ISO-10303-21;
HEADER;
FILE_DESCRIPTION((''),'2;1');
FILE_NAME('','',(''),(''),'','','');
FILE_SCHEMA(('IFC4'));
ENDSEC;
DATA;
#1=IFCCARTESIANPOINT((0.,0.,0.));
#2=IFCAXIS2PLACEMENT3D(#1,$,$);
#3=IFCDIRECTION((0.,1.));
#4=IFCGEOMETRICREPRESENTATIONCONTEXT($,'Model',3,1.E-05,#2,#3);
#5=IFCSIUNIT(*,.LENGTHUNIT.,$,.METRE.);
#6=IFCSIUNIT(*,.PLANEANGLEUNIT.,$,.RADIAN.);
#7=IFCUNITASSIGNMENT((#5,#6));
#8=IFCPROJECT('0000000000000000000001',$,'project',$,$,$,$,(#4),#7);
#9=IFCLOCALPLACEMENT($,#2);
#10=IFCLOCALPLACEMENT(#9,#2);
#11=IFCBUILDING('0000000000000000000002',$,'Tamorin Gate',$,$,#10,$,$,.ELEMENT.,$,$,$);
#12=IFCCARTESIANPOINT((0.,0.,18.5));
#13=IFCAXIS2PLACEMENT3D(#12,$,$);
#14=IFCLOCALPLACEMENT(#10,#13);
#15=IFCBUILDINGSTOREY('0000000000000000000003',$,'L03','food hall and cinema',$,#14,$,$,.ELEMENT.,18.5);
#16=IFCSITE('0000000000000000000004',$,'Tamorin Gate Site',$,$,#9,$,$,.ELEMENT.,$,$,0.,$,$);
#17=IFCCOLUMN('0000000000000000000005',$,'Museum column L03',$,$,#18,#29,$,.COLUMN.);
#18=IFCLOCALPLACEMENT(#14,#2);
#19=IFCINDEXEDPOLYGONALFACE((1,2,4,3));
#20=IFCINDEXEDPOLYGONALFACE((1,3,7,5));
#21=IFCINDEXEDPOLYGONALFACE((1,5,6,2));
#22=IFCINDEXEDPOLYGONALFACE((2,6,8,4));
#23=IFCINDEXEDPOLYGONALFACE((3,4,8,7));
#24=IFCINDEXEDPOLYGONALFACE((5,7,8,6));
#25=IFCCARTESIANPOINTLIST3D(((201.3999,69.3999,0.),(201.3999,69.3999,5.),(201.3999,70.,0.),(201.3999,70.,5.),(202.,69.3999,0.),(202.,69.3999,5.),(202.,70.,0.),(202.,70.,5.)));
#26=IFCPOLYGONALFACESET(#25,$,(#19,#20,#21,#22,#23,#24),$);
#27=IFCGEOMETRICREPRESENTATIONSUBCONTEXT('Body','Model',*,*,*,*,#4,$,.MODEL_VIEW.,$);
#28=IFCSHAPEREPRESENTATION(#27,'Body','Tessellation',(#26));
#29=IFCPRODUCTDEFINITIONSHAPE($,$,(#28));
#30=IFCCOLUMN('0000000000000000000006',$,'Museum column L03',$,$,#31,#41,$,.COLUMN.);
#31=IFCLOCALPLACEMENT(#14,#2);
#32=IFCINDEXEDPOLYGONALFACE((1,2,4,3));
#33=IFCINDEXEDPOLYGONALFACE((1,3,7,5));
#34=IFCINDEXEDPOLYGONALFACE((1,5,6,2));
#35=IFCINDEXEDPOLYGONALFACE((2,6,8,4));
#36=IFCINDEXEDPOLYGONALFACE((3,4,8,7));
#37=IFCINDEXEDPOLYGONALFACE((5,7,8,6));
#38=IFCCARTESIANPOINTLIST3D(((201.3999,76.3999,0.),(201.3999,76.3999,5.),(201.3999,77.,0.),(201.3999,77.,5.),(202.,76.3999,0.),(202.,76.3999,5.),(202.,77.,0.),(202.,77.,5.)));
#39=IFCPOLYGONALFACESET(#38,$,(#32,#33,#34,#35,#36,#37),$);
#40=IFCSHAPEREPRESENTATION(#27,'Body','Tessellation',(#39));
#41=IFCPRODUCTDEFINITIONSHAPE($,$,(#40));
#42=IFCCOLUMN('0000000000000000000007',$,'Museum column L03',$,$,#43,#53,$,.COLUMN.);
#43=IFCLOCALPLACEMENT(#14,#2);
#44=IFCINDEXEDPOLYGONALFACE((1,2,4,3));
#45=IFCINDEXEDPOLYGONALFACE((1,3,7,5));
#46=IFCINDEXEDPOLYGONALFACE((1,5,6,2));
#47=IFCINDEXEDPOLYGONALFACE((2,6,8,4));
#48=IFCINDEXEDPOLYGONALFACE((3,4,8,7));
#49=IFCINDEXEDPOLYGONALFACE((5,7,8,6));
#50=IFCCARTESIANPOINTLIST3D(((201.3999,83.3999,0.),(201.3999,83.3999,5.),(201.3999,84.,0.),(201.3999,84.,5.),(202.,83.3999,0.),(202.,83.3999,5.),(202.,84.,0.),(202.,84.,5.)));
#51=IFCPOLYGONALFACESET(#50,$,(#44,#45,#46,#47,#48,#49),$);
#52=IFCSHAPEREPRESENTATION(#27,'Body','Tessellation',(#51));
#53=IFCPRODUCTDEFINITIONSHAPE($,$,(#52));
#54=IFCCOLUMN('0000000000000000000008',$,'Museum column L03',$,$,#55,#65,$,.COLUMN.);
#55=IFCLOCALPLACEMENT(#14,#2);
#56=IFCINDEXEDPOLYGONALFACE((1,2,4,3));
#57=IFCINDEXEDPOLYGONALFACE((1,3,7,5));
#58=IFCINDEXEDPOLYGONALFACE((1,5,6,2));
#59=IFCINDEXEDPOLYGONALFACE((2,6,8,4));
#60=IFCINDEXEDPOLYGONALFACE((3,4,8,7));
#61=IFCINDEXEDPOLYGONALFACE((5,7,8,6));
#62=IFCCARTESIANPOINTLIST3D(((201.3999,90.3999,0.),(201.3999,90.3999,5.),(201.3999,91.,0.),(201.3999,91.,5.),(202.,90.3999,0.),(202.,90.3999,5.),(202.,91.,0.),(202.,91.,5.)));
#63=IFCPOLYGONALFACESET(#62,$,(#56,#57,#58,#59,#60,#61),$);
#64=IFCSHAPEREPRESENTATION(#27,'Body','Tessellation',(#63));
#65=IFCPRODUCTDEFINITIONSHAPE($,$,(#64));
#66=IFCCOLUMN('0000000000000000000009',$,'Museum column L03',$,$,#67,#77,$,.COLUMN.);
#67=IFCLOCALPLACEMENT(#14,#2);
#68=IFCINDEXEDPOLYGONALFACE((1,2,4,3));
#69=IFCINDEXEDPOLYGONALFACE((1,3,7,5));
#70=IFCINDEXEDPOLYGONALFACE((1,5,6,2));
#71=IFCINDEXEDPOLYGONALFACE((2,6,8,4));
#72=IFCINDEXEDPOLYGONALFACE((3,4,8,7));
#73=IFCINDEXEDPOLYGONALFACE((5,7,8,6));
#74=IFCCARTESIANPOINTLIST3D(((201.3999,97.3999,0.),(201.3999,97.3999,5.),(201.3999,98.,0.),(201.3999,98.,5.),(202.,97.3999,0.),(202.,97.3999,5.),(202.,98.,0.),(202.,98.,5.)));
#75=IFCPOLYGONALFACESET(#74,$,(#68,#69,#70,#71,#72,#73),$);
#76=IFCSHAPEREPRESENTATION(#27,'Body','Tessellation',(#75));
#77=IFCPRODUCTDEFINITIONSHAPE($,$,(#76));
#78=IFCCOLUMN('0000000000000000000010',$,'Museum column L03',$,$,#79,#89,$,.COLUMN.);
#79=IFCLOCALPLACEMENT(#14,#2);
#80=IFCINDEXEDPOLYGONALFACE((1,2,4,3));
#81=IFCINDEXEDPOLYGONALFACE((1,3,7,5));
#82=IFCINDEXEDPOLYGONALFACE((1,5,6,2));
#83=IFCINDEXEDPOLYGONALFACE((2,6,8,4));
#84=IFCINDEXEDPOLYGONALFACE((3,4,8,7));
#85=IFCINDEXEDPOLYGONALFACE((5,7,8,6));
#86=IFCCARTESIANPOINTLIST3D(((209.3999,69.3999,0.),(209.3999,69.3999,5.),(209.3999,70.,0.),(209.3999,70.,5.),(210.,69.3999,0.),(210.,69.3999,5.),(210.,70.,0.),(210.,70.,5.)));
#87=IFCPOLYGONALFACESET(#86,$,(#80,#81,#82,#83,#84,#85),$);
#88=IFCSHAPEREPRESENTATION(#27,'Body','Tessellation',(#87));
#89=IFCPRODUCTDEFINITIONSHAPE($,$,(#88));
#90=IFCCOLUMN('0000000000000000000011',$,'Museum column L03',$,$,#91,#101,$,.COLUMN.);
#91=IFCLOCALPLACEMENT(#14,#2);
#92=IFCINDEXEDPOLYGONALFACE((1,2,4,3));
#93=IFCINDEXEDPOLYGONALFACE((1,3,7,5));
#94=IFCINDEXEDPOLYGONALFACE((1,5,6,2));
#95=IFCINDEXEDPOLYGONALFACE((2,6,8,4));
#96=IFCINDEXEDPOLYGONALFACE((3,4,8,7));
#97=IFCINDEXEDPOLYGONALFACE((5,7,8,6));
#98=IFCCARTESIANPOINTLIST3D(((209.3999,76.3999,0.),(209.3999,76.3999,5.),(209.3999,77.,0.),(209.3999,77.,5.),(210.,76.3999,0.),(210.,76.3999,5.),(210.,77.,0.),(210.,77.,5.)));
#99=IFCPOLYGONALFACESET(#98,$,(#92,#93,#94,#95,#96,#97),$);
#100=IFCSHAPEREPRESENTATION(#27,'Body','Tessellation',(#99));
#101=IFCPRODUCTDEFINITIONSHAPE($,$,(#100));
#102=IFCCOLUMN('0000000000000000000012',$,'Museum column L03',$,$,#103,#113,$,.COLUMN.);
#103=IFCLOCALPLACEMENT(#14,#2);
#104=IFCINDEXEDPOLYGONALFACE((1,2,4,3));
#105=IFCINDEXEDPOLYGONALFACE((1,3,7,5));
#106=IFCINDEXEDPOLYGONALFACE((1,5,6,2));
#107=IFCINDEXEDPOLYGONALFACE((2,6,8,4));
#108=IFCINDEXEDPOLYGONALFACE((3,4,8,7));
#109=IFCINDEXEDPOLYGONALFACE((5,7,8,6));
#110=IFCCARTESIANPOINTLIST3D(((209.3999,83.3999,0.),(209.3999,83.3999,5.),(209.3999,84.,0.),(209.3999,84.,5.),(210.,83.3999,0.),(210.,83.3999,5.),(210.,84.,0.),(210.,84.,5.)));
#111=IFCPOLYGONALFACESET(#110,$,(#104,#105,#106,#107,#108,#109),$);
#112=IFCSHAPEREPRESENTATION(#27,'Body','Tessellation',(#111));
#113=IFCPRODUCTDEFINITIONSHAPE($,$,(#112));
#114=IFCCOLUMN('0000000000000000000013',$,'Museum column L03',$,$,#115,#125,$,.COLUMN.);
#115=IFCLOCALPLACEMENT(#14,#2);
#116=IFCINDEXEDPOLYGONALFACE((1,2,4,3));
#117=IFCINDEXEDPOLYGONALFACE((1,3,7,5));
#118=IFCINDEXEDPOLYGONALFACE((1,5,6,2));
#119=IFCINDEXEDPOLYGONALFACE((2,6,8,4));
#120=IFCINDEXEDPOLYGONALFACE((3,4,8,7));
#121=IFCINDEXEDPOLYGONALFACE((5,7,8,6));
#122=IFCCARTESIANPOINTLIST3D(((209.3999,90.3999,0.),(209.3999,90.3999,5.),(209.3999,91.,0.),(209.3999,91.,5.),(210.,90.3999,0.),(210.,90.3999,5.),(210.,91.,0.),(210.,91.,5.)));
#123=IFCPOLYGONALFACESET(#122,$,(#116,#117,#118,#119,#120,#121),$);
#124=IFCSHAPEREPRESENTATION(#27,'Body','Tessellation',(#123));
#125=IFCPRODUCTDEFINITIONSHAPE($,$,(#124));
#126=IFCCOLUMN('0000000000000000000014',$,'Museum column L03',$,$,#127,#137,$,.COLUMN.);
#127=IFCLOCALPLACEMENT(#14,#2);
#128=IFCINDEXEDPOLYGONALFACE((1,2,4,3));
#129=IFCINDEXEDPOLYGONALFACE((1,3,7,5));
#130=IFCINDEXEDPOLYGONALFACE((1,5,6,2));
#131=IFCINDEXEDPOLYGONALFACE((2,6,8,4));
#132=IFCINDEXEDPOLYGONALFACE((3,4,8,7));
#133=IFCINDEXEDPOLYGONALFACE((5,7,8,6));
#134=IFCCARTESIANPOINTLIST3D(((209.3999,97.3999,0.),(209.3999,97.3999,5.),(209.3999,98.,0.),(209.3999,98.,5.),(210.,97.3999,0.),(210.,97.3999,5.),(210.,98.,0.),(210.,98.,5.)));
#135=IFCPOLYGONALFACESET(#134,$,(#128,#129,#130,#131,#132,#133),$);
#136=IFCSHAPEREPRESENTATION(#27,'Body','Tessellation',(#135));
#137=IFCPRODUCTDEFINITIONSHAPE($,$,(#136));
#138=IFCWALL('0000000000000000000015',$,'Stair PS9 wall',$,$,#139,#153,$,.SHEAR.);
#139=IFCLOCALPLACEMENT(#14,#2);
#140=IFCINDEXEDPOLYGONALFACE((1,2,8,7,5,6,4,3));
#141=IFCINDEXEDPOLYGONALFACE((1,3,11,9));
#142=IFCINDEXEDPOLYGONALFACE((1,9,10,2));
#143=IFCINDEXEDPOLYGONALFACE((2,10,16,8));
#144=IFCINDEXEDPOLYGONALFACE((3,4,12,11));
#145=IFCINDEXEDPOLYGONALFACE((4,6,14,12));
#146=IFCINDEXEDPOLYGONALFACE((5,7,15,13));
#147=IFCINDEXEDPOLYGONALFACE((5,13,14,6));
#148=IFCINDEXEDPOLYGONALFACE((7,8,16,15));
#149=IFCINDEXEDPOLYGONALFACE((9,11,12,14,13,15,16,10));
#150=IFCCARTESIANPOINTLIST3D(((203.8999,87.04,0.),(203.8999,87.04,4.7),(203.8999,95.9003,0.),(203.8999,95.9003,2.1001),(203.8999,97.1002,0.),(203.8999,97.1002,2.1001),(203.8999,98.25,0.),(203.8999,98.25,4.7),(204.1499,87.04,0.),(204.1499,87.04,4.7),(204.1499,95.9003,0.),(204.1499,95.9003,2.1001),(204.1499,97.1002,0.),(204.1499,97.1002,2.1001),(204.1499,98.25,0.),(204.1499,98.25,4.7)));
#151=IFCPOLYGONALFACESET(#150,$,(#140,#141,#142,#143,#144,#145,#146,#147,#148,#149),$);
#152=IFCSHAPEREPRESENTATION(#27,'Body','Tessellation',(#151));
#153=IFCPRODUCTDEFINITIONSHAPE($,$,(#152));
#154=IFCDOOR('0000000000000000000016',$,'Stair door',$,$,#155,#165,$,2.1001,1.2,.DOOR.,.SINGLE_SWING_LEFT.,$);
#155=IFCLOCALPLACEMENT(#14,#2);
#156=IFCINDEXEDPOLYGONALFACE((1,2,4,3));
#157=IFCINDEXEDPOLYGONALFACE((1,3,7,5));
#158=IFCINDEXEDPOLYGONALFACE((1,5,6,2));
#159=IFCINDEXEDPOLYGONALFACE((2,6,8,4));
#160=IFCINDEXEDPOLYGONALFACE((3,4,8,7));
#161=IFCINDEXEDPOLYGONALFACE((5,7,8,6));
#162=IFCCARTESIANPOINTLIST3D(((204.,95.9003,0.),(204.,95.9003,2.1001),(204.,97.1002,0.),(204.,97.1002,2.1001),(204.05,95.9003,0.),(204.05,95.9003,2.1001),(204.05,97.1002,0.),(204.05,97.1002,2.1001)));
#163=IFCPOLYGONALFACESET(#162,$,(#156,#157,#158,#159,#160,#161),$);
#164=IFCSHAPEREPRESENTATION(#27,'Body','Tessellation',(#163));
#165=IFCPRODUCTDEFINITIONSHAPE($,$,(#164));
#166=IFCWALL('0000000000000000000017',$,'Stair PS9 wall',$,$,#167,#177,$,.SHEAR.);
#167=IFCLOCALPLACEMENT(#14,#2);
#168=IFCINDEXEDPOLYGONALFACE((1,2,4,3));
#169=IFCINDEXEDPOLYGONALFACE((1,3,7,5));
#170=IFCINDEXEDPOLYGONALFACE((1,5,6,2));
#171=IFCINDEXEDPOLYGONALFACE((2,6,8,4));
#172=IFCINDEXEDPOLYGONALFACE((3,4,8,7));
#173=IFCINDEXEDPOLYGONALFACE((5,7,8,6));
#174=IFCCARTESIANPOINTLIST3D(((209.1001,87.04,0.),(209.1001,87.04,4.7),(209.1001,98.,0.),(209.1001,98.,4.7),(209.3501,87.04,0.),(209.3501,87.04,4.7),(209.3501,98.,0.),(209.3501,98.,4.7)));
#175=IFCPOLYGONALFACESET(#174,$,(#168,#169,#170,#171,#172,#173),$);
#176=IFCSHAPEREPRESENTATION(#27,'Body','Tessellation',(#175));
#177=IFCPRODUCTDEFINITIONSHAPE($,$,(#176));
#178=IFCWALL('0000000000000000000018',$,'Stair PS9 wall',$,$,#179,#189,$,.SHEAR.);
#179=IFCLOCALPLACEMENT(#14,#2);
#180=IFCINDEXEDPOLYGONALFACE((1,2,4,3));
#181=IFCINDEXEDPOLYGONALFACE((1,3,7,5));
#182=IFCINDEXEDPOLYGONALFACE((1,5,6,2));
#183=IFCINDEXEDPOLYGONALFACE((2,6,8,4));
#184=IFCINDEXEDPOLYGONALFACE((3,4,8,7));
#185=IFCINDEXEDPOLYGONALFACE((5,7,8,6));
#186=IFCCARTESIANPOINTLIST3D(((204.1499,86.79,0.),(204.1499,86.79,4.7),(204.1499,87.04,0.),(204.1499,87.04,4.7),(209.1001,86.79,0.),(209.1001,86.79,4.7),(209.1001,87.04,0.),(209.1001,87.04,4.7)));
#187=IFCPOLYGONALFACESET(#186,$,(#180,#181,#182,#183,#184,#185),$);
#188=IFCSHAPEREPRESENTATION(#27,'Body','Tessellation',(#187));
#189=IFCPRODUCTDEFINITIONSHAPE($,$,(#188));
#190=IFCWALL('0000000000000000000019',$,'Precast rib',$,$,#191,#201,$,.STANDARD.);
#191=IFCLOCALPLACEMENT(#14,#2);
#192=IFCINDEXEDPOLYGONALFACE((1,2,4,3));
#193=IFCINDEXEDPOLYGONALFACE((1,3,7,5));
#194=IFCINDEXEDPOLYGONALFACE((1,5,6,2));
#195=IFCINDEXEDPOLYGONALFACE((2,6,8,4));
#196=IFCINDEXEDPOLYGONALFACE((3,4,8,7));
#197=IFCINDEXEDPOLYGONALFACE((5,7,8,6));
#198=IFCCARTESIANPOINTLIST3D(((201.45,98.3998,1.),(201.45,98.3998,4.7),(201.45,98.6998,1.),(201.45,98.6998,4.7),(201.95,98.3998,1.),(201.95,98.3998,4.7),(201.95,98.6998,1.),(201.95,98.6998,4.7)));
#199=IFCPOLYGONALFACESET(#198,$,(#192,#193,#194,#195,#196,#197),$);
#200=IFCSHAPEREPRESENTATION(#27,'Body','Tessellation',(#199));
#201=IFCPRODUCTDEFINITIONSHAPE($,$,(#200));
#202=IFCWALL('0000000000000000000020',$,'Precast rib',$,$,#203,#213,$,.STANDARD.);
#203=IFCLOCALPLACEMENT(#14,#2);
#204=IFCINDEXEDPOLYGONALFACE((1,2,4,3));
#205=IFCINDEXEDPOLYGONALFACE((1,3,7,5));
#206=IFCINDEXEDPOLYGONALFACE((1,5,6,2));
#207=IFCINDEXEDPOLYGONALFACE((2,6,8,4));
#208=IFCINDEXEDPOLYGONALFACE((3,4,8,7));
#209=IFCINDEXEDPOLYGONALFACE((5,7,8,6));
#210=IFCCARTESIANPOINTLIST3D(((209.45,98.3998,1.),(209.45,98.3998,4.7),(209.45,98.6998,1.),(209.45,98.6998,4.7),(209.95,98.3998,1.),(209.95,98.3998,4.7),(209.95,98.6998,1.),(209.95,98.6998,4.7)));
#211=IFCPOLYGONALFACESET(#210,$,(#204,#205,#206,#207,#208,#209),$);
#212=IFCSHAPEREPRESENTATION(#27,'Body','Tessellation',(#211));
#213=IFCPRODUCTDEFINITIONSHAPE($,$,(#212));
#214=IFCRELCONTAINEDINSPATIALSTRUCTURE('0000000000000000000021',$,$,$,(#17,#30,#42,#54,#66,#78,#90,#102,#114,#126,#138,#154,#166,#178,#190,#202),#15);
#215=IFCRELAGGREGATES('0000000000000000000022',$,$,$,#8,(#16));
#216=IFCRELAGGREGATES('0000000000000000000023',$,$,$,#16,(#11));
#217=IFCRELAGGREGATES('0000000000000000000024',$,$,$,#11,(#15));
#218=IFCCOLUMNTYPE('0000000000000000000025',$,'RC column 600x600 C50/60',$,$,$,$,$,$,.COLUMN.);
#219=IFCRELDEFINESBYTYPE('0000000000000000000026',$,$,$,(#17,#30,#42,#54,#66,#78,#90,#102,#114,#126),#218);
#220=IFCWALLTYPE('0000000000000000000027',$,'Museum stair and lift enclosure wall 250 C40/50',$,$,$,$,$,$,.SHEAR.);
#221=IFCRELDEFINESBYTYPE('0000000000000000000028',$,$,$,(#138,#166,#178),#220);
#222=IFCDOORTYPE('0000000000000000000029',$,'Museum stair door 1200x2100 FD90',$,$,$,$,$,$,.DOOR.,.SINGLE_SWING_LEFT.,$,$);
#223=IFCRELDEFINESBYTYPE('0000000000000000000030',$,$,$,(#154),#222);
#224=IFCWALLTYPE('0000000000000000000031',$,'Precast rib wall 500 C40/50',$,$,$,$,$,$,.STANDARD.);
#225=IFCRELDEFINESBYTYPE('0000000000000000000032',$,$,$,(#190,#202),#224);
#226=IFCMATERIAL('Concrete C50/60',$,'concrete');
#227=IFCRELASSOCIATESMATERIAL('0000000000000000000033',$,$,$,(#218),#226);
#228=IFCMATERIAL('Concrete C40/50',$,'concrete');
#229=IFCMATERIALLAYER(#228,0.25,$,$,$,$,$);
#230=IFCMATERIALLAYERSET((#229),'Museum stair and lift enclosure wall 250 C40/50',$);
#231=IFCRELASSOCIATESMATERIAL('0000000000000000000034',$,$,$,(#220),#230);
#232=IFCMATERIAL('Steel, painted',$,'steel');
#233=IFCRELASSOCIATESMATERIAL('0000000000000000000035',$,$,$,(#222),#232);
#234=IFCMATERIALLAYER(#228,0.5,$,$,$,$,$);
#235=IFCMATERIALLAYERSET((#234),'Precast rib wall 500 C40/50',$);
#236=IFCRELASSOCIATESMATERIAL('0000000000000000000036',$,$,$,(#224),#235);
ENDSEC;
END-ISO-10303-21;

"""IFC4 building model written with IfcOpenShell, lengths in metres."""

from ifc_helpers import new_model, si_unit, direction, frame, frame_2d, origin, origin_2d, place, context, subcontext, project, spatial, rectangle, extrude, material, layer, layer_set, material_profile, profile_set, type_object, element, fill, save


model = new_model("IFC4")

# Units and contexts
model_context = context("Model", 3, precision=1e-05, world=origin(), true_north=direction((0.0, 1.0)))
body_context = subcontext(model_context, "Body", "Model", "MODEL_VIEW")
ifc_project = project(units=[si_unit("LENGTHUNIT", "METRE"), si_unit("PLANEANGLEUNIT", "RADIAN")], contexts=[model_context])

# Site, building, storey
site_placement = place(None, origin())
site = spatial("IfcSite", under=ifc_project, at=site_placement, Name="Tamorin Gate Site", CompositionType="ELEMENT", RefElevation=0.0)
building_placement = place(site_placement, origin())
building = spatial("IfcBuilding", under=site, at=building_placement, Name="Tamorin Gate", CompositionType="ELEMENT")
storey_placement = place(building_placement, frame((0.0, 0.0, 18.5)))
storey = spatial("IfcBuildingStorey", under=building, at=storey_placement, Name="L03", Description="food hall and cinema", CompositionType="ELEMENT", Elevation=18.5)

# Columns
ifc_material_1 = material(Name="Concrete C50/60", Category="concrete")
ifc_material_profile = material_profile(ifc_material_1, rectangle(XDim=0.6001, YDim=0.6001, at=origin_2d()))
ifc_profile_set = profile_set([ifc_material_profile], Name="Concrete C50/60")
column_type = type_object("IfcColumnType", Name="RC column 600x600 C50/60", PredefinedType="COLUMN", material=ifc_profile_set)
for number, where, z_axis, x_axis, name in (
    (1, (201.7, 69.7, 0.0), (0.0, 0.0, 1.0), (1.0, 0.0, 0.0), "Museum column L03"),
    (2, (201.7, 76.7, 0.0), (0.0, 0.0, 1.0), (1.0, 0.0, 0.0), "Museum column L03"),
    (3, (201.7, 83.7, 0.0), (0.0, 0.0, 1.0), (1.0, 0.0, 0.0), "Museum column L03"),
    (4, (201.7, 90.7, 0.0), (0.0, 0.0, 1.0), (1.0, 0.0, 0.0), "Museum column L03"),
    (5, (201.7, 97.7, 0.0), (0.0, 0.0, 1.0), (1.0, 0.0, 0.0), "Museum column L03"),
    (6, (209.7, 69.7, 0.0), (0.0, 0.0, 1.0), (1.0, 0.0, 0.0), "Museum column L03"),
    (7, (209.7, 76.7, 0.0), (0.0, 0.0, 1.0), (1.0, 0.0, 0.0), "Museum column L03"),
    (8, (209.7, 83.7, 0.0), (0.0, 0.0, 1.0), (1.0, 0.0, 0.0), "Museum column L03"),
    (9, (209.7, 90.7, 0.0), (0.0, 0.0, 1.0), (1.0, 0.0, 0.0), "Museum column L03"),
    (10, (209.7, 97.7, 0.0), (0.0, 0.0, 1.0), (1.0, 0.0, 0.0), "Museum column L03"),
):
    element("IfcColumn", number, at=place(storey_placement, frame(where, z_axis=z_axis, x_axis=x_axis)), inside=storey, type_object=column_type, Name=name, PredefinedType="COLUMN", context=body_context, shape_type="SweptSolid", body=[
        extrude(rectangle(XDim=0.6001, YDim=0.6001, at=origin_2d()), origin(), (0.0, 0.0, 1.0), 5.0),
    ])

# Wall, opening, door
ifc_material_2 = material(Name="Concrete C40/50", Category="concrete")
ifc_layer_1 = layer(ifc_material_2, 0.25)
ifc_layer_set_1 = layer_set([ifc_layer_1], Name="Museum stair and lift enclosure wall 250 C40/50")
wall_type_1 = type_object("IfcWallType", Name="Museum stair and lift enclosure wall 250 C40/50", PredefinedType="SHEAR", material=ifc_layer_set_1)
wall_1_placement = place(storey_placement, frame((204.0249, 87.04, 0.0), z_axis=(0.0, 0.0, 1.0), x_axis=(0.0, 1.0, 0.0)))
wall_1 = element("IfcWall", 11, at=wall_1_placement, inside=storey, type_object=wall_type_1, Name="Stair PS9 wall", PredefinedType="SHEAR", context=body_context, shape_type="SweptSolid", body=[
    extrude(rectangle(XDim=11.21, YDim=0.25, at=frame_2d((5.605, 0.0))), origin(), (0.0, 0.0, 1.0), 4.7),
])
opening_placement = place(wall_1_placement, frame((8.8601, 0.0, 0.0)))
opening = element("IfcOpeningElement", 12, at=opening_placement, cuts=wall_1, PredefinedType="OPENING", context=body_context, shape_type="SweptSolid", body=[
    extrude(rectangle(XDim=1.2, YDim=2.1001, at=frame_2d((0.6001, 1.05))), frame((0.0, 0.135, 0.0), z_axis=(0.0, -1.0, 0.0), x_axis=(1.0, 0.0, 0.0)), (0.0, 0.0, 1.0), 0.27),
])
ifc_material_3 = material(Name="Steel, painted", Category="steel")
door_type = type_object("IfcDoorType", Name="Museum stair door 1200x2100 FD90", OperationType="SINGLE_SWING_LEFT", PredefinedType="DOOR", material=ifc_material_3)
door_placement = place(opening_placement, origin())
door = element("IfcDoor", 13, at=door_placement, inside=storey, type_object=door_type, Name="Stair door", OperationType="SINGLE_SWING_LEFT", OverallHeight=2.1001, OverallWidth=1.2, PredefinedType="DOOR", context=body_context, shape_type="SweptSolid", body=[
    extrude(rectangle(XDim=1.2, YDim=2.1001, at=frame_2d((0.6001, 1.05))), frame((0.0, 0.0249, 0.0), z_axis=(0.0, -1.0, 0.0), x_axis=(1.0, 0.0, 0.0)), (0.0, 0.0, 1.0), 0.05),
])
fill(opening, door)

# Walls
wall_2_placement = place(storey_placement, frame((209.2251, 87.04, 0.0), z_axis=(0.0, 0.0, 1.0), x_axis=(0.0, 1.0, 0.0)))
element("IfcWall", 14, at=wall_2_placement, inside=storey, type_object=wall_type_1, Name="Stair PS9 wall", PredefinedType="SHEAR", context=body_context, shape_type="SweptSolid", body=[
    extrude(rectangle(XDim=10.96, YDim=0.25, at=frame_2d((5.48, 0.0))), origin(), (0.0, 0.0, 1.0), 4.7),
])
wall_3_placement = place(storey_placement, frame((204.1499, 86.915, 0.0), z_axis=(0.0, 0.0, 1.0), x_axis=(1.0, 0.0, 0.0)))
element("IfcWall", 15, at=wall_3_placement, inside=storey, type_object=wall_type_1, Name="Stair PS9 wall", PredefinedType="SHEAR", context=body_context, shape_type="SweptSolid", body=[
    extrude(rectangle(XDim=4.9502, YDim=0.25, at=frame_2d((2.4751, 0.0))), origin(), (0.0, 0.0, 1.0), 4.7),
])
ifc_layer_2 = layer(ifc_material_2, 0.5)
ifc_layer_set_2 = layer_set([ifc_layer_2], Name="Precast rib wall 500 C40/50")
wall_type_2 = type_object("IfcWallType", Name="Precast rib wall 500 C40/50", PredefinedType="STANDARD", material=ifc_layer_set_2)
for number, where, z_axis, x_axis, name in (
    (16, (201.7, 98.3999, 1.0), (0.0, 0.0, 1.0), (0.0, 1.0, 0.0), "Precast rib"),
    (17, (209.7, 98.3999, 1.0), (0.0, 0.0, 1.0), (0.0, 1.0, 0.0), "Precast rib"),
):
    element("IfcWall", number, at=place(storey_placement, frame(where, z_axis=z_axis, x_axis=x_axis)), inside=storey, type_object=wall_type_2, Name=name, PredefinedType="STANDARD", context=body_context, shape_type="SweptSolid", body=[
        extrude(rectangle(XDim=0.3, YDim=0.5, at=frame_2d((0.1499, 0.0))), origin(), (0.0, 0.0, 1.0), 3.7),
    ])

save(model, "model.ifc")
